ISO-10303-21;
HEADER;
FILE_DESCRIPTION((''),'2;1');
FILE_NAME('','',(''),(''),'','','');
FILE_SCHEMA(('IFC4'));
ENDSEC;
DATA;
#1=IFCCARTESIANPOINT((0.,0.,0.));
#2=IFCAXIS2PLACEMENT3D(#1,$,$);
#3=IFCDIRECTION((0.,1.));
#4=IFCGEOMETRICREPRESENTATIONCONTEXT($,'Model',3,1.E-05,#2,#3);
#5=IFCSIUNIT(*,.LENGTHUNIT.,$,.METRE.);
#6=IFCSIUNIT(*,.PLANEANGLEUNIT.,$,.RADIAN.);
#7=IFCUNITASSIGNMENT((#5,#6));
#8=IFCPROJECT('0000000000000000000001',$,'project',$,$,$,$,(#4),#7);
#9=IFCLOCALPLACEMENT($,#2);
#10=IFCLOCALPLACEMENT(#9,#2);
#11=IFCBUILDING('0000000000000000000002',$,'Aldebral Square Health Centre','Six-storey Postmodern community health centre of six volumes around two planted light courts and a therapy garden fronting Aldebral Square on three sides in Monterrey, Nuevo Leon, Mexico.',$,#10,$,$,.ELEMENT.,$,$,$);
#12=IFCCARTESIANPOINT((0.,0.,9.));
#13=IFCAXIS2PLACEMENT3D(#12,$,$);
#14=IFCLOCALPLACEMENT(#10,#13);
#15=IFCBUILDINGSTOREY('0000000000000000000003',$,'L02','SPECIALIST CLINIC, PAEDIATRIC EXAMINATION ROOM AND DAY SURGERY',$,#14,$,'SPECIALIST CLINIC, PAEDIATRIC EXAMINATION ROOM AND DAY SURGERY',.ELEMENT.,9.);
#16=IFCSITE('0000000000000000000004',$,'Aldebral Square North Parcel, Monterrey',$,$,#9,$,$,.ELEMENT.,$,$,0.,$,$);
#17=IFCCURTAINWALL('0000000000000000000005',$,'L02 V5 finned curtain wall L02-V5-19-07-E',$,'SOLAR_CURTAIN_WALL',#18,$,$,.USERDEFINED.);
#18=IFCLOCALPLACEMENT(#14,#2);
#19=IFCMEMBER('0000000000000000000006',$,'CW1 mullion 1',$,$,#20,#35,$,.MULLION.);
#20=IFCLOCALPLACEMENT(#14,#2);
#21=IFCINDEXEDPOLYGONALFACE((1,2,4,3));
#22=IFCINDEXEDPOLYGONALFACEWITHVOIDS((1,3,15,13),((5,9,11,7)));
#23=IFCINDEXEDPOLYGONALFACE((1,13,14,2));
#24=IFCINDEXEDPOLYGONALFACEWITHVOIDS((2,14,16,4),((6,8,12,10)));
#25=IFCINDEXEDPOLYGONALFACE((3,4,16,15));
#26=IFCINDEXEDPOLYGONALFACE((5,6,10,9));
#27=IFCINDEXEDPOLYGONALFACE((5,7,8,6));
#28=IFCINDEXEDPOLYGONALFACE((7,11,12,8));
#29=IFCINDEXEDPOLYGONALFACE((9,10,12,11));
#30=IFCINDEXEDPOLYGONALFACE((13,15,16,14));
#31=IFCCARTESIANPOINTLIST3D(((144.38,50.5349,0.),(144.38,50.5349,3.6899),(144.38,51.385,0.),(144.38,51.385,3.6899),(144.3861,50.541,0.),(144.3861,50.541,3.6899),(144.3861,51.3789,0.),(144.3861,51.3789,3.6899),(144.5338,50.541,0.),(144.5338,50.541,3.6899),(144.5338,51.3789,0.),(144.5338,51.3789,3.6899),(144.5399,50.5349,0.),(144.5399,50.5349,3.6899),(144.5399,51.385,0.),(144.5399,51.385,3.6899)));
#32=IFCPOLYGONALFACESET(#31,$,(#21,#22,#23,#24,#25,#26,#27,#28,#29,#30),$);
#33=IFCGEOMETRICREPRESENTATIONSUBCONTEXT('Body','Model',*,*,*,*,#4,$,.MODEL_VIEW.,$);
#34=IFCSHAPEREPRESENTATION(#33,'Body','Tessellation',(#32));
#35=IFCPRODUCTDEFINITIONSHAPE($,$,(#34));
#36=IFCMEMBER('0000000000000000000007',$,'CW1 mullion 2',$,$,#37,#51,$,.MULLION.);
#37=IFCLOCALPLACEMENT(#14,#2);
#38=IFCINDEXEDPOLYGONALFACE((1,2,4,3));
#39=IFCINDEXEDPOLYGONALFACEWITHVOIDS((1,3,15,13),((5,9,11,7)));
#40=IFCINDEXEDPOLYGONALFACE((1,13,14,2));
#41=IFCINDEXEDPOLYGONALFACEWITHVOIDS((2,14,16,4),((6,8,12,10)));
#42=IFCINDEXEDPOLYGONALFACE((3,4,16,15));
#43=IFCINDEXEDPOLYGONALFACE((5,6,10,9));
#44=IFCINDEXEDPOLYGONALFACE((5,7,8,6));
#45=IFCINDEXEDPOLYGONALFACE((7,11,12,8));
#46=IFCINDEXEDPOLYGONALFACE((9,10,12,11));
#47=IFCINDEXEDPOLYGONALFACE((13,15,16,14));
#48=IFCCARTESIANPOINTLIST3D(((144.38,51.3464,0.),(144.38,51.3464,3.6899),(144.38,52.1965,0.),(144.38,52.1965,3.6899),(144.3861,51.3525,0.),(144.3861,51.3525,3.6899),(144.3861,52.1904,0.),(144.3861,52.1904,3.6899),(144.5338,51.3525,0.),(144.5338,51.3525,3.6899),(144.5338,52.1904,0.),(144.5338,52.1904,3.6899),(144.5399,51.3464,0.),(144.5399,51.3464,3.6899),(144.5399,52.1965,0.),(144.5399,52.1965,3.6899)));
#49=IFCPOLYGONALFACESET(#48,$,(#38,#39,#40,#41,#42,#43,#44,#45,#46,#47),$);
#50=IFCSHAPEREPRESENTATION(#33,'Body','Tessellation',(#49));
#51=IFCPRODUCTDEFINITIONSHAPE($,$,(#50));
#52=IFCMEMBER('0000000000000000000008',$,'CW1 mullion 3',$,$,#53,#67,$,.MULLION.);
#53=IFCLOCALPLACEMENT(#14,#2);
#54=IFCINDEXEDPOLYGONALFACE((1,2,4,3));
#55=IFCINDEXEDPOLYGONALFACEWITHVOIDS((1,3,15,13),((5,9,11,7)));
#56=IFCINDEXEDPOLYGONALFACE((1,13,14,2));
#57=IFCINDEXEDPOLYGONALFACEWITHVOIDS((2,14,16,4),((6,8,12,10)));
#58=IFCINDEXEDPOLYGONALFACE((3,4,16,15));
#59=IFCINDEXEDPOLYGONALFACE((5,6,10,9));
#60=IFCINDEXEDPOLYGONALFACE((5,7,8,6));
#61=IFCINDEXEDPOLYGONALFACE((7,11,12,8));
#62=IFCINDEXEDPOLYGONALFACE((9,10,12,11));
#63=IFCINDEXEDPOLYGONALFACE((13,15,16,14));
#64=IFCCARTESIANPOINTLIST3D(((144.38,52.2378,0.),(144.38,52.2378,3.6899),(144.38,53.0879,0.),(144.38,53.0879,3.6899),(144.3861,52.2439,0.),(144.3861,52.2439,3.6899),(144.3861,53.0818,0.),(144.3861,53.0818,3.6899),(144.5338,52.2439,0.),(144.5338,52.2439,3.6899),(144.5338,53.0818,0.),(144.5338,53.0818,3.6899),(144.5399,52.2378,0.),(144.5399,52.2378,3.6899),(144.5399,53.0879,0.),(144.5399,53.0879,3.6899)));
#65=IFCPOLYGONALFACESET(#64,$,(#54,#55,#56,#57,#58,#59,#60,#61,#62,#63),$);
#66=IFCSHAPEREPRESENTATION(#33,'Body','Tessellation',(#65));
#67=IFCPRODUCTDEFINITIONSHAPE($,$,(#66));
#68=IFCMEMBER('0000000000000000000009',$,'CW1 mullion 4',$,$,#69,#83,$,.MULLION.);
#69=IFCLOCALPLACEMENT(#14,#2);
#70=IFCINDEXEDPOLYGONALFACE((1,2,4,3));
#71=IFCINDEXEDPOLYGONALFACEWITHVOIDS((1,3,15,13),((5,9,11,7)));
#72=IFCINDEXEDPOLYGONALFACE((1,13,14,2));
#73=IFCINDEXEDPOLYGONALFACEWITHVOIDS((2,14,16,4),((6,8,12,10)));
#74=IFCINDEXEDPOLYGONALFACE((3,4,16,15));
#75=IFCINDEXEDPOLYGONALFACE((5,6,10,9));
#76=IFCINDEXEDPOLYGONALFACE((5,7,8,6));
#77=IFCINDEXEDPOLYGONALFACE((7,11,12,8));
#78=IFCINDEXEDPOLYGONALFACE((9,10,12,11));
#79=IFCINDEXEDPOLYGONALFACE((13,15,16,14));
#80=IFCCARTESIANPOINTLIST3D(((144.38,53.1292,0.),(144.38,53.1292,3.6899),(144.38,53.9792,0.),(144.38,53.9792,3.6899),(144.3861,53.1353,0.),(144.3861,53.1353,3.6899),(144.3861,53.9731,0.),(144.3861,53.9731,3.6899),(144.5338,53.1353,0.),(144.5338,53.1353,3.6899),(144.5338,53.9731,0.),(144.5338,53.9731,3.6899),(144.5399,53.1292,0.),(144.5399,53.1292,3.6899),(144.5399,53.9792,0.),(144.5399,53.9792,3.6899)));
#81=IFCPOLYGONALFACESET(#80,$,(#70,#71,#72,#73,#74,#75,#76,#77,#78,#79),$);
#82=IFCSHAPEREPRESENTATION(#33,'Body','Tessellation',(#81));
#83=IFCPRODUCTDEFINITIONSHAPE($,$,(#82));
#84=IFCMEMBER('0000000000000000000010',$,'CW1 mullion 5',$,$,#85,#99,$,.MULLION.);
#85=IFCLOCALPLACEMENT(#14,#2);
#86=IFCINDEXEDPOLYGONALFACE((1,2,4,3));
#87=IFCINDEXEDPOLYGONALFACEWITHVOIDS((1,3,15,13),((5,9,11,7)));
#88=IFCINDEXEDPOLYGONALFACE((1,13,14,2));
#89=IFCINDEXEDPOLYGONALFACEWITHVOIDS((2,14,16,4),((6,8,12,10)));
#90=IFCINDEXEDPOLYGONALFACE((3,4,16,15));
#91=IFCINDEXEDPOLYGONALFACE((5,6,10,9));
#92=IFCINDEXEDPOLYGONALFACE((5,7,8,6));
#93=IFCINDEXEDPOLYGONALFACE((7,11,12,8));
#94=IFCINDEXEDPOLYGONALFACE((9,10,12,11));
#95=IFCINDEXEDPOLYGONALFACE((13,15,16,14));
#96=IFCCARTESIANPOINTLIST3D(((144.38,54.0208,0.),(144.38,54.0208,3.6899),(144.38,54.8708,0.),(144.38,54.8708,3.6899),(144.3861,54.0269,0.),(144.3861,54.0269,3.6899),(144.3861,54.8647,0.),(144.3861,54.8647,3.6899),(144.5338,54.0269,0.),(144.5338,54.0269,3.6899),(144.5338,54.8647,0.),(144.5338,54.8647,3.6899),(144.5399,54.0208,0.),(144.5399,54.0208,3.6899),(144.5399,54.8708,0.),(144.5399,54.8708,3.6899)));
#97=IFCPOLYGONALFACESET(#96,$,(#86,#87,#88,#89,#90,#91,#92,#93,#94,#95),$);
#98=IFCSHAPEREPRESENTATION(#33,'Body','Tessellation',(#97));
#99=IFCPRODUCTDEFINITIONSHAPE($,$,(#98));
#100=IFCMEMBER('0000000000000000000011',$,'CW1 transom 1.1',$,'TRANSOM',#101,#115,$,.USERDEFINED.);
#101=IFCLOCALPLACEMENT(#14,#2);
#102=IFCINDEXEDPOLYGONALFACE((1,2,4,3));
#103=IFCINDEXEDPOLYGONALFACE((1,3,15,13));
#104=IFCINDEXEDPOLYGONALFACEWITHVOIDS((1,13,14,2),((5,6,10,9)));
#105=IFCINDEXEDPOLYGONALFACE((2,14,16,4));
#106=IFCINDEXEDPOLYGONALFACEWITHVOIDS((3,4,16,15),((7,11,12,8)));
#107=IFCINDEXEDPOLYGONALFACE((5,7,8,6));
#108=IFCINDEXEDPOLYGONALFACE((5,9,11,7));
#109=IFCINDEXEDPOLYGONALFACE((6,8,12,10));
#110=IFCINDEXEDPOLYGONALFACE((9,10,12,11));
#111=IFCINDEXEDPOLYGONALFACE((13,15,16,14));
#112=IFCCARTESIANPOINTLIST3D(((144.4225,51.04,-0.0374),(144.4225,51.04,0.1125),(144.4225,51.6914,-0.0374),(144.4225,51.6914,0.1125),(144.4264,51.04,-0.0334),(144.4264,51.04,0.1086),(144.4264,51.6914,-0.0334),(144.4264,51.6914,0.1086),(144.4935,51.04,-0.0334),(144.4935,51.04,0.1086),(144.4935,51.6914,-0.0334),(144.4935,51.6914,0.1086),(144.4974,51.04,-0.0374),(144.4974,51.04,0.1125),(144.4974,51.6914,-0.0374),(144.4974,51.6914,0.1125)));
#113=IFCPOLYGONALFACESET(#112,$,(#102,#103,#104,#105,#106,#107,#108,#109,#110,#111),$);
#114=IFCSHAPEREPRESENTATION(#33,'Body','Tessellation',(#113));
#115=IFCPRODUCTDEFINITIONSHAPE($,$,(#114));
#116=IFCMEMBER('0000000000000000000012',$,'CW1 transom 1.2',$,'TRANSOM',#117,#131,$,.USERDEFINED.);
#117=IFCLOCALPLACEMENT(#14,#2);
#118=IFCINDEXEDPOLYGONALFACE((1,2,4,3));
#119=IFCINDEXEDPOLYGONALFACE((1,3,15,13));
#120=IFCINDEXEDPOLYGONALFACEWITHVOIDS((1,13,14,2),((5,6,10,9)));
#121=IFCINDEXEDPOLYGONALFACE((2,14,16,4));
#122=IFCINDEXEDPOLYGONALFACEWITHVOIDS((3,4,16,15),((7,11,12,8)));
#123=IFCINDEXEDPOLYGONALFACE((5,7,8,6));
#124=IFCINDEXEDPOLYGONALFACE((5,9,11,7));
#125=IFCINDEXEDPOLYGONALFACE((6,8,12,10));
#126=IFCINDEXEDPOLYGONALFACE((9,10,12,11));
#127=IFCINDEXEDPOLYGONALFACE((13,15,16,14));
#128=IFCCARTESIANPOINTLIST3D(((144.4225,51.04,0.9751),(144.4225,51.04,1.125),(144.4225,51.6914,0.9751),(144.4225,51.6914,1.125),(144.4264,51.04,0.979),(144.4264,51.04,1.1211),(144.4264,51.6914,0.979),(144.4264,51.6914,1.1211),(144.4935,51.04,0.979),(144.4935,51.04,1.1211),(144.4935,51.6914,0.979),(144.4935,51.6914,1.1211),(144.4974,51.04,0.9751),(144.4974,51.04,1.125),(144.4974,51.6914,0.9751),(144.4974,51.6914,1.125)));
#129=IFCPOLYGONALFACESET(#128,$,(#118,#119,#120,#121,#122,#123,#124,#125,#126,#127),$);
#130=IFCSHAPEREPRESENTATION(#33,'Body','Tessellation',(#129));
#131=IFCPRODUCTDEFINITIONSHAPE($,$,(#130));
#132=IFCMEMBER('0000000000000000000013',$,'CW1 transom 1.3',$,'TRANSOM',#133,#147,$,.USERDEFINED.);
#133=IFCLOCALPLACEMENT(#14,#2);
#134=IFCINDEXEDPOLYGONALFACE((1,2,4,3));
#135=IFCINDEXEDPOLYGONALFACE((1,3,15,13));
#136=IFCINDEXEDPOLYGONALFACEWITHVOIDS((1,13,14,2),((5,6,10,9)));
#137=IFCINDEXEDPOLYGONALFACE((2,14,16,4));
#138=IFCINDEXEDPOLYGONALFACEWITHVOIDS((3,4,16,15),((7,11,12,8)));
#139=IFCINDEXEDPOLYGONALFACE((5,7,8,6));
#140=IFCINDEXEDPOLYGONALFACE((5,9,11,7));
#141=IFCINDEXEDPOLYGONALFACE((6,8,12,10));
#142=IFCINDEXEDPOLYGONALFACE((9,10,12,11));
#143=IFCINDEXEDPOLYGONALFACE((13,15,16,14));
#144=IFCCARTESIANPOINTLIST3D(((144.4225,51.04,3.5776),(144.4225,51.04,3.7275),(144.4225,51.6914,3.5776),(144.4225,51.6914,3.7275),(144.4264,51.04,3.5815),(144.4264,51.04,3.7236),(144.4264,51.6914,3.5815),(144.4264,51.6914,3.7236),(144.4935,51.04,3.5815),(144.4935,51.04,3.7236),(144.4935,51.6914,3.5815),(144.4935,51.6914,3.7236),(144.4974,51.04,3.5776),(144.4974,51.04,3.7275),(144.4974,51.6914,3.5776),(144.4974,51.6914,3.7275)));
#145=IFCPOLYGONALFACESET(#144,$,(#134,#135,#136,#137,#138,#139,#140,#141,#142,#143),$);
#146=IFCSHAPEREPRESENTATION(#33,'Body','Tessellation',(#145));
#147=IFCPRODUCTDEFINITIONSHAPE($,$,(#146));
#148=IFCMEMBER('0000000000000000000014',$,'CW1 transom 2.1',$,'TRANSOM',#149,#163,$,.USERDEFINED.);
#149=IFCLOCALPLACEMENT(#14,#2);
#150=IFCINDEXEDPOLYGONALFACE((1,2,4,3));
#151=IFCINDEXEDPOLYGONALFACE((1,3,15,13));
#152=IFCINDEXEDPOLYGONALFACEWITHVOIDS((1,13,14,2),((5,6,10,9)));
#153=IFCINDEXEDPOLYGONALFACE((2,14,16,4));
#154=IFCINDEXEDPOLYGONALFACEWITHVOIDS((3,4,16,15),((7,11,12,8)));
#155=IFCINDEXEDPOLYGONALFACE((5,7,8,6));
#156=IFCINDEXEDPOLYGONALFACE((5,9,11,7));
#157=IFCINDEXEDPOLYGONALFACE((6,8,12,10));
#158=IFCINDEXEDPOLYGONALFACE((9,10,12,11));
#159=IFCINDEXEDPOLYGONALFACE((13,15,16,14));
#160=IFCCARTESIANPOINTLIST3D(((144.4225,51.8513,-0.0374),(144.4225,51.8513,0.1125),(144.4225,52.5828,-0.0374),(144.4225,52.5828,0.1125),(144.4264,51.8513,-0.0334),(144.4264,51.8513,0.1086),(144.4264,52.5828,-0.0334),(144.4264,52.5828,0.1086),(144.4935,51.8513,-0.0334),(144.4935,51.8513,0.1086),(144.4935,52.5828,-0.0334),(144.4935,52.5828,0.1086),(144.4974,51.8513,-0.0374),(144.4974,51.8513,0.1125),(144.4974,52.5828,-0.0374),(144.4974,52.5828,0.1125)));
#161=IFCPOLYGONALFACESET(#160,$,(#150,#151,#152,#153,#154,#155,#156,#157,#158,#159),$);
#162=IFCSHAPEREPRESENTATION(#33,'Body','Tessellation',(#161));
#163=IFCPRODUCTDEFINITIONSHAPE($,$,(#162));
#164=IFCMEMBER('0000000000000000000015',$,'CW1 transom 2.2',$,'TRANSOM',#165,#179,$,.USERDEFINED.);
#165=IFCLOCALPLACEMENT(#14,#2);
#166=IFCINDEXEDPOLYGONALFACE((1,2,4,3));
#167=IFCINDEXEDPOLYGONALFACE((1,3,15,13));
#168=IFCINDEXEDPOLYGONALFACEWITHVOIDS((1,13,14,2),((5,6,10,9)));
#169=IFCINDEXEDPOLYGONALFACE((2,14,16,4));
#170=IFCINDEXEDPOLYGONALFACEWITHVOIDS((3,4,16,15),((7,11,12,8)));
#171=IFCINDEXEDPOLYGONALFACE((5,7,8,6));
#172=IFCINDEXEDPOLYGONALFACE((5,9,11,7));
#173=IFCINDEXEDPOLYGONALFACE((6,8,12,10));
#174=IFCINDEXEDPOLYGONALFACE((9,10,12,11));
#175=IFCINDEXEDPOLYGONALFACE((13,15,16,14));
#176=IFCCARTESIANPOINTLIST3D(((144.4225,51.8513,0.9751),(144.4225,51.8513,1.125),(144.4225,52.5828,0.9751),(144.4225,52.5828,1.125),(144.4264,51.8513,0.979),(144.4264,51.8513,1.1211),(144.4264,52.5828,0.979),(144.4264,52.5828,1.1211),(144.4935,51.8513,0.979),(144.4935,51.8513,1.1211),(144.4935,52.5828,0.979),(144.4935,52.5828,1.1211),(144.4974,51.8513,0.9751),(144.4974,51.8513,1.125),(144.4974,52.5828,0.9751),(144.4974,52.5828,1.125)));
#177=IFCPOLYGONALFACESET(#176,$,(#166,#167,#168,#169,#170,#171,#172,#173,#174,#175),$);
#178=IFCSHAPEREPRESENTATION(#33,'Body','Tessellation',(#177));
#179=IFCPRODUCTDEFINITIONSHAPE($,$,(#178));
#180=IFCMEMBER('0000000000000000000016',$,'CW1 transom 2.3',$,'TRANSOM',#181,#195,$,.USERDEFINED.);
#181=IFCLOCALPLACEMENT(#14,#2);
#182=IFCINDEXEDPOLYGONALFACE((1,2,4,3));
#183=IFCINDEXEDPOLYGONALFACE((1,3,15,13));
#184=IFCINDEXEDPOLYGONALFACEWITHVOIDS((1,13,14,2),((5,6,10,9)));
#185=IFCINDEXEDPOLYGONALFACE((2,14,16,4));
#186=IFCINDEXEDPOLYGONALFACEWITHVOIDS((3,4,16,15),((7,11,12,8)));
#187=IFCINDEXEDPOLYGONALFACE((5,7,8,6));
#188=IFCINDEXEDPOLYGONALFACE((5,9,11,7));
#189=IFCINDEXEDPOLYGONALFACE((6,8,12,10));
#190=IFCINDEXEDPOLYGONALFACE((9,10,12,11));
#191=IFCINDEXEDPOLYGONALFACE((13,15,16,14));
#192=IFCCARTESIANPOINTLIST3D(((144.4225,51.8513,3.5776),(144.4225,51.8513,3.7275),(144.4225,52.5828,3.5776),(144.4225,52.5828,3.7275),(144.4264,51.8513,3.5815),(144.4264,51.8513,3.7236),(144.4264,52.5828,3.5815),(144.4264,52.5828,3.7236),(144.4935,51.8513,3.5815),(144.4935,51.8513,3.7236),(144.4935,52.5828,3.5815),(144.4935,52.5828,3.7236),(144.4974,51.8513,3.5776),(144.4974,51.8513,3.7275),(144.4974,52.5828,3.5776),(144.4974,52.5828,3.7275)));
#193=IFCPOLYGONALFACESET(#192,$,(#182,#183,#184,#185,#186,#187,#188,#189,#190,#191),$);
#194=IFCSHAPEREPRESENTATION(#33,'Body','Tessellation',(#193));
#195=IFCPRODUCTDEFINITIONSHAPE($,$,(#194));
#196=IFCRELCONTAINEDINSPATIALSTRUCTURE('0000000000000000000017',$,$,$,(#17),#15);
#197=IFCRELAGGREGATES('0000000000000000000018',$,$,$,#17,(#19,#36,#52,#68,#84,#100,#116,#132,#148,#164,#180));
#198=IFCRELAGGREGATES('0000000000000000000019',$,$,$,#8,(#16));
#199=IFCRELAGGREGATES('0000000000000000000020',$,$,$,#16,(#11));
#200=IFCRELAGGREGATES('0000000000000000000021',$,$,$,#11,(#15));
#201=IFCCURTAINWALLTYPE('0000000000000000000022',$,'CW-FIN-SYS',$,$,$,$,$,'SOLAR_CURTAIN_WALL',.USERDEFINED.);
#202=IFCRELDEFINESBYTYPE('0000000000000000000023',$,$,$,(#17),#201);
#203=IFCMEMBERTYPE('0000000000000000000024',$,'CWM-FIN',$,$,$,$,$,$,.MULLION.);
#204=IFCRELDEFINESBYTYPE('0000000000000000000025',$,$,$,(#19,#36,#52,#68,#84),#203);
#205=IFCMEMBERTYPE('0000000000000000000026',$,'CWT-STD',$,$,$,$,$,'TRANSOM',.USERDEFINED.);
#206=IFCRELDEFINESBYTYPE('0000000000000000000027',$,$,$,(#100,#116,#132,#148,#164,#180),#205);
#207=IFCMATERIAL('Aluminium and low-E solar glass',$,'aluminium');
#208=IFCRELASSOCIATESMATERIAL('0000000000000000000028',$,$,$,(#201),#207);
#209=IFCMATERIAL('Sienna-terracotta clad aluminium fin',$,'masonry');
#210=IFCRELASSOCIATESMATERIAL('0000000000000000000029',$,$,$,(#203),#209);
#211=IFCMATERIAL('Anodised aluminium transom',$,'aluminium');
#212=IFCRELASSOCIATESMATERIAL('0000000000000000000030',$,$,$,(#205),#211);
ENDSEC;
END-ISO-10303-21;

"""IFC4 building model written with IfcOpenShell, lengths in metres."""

from ifc_helpers import new_model, si_unit, direction, frame, origin, origin_2d, place, context, subcontext, project, spatial, hollow_rectangle, extrude, material, material_profile, profile_set, type_object, element, aggregate, save


model = new_model("IFC4")

# Units and contexts
model_context = context("Model", 3, precision=1e-05, world=origin(), true_north=direction((0.0, 1.0)))
body_context = subcontext(model_context, "Body", "Model", "MODEL_VIEW")
ifc_project = project(units=[si_unit("LENGTHUNIT", "METRE"), si_unit("PLANEANGLEUNIT", "RADIAN")], contexts=[model_context])

# Site, building, storey
site_placement = place(None, origin())
site = spatial("IfcSite", under=ifc_project, at=site_placement, Name="Aldebral Square North Parcel, Monterrey", CompositionType="ELEMENT", RefElevation=0.0)
building_placement = place(site_placement, origin())
building = spatial("IfcBuilding", under=site, at=building_placement, Name="Aldebral Square Health Centre", Description="Six-storey Postmodern community health centre of six volumes around two planted light courts and a therapy garden fronting Aldebral Square on three sides in Monterrey, Nuevo Leon, Mexico.", CompositionType="ELEMENT")
storey_placement = place(building_placement, frame((0.0, 0.0, 9.0)))
storey = spatial("IfcBuildingStorey", under=building, at=storey_placement, Name="L02", Description="SPECIALIST CLINIC, PAEDIATRIC EXAMINATION ROOM AND DAY SURGERY", LongName="SPECIALIST CLINIC, PAEDIATRIC EXAMINATION ROOM AND DAY SURGERY", CompositionType="ELEMENT", Elevation=9.0)

# Curtain wall, members
ifc_material_1 = material(Name="Aluminium and low-E solar glass", Category="aluminium")
curtain_wall_type = type_object("IfcCurtainWallType", Name="CW-FIN-SYS", ElementType="SOLAR_CURTAIN_WALL", PredefinedType="USERDEFINED", material=ifc_material_1)
curtain_wall_placement = place(storey_placement, origin())
curtain_wall = element("IfcCurtainWall", 1, at=curtain_wall_placement, inside=storey, type_object=curtain_wall_type, Name="L02 V5 finned curtain wall L02-V5-19-07-E", ObjectType="SOLAR_CURTAIN_WALL", PredefinedType="USERDEFINED")
ifc_material_2 = material(Name="Sienna-terracotta clad aluminium fin", Category="masonry")
ifc_material_profile_1 = material_profile(ifc_material_2, hollow_rectangle(XDim=0.1599, YDim=0.8501, WallThickness=0.0061, at=origin_2d()), Name="FIN 160x850x6")
ifc_profile_set_1 = profile_set([ifc_material_profile_1], Name="Sienna-terracotta clad aluminium fin")
member_type_1 = type_object("IfcMemberType", Name="CWM-FIN", PredefinedType="MULLION", material=ifc_profile_set_1)
member_1_placement = place(storey_placement, frame((144.46, 50.96, 0.0), z_axis=(0.0, 0.0, 1.0), x_axis=(-1.0, 0.0, 0.0)))
member_1 = element("IfcMember", 2, at=member_1_placement, type_object=member_type_1, Name="CW1 mullion 1", PredefinedType="MULLION", context=body_context, shape_type="SweptSolid", body=[
    extrude(hollow_rectangle(XDim=0.1599, YDim=0.8501, WallThickness=0.0061, at=origin_2d()), origin(), (0.0, 0.0, 1.0), 3.6899),
])
member_2_placement = place(storey_placement, frame((144.46, 51.7715, 0.0), z_axis=(0.0, 0.0, 1.0), x_axis=(-1.0, 0.0, 0.0)))
member_2 = element("IfcMember", 3, at=member_2_placement, type_object=member_type_1, Name="CW1 mullion 2", PredefinedType="MULLION", context=body_context, shape_type="SweptSolid", body=[
    extrude(hollow_rectangle(XDim=0.1599, YDim=0.8501, WallThickness=0.0061, at=origin_2d()), origin(), (0.0, 0.0, 1.0), 3.6899),
])
member_3_placement = place(storey_placement, frame((144.46, 52.6628, 0.0), z_axis=(0.0, 0.0, 1.0), x_axis=(-1.0, 0.0, 0.0)))
member_3 = element("IfcMember", 4, at=member_3_placement, type_object=member_type_1, Name="CW1 mullion 3", PredefinedType="MULLION", context=body_context, shape_type="SweptSolid", body=[
    extrude(hollow_rectangle(XDim=0.1599, YDim=0.8501, WallThickness=0.0061, at=origin_2d()), origin(), (0.0, 0.0, 1.0), 3.6899),
])
member_4_placement = place(storey_placement, frame((144.46, 53.5542, 0.0), z_axis=(0.0, 0.0, 1.0), x_axis=(-1.0, 0.0, 0.0)))
member_4 = element("IfcMember", 5, at=member_4_placement, type_object=member_type_1, Name="CW1 mullion 4", PredefinedType="MULLION", context=body_context, shape_type="SweptSolid", body=[
    extrude(hollow_rectangle(XDim=0.1599, YDim=0.8501, WallThickness=0.0061, at=origin_2d()), origin(), (0.0, 0.0, 1.0), 3.6899),
])
member_5_placement = place(storey_placement, frame((144.46, 54.4458, 0.0), z_axis=(0.0, 0.0, 1.0), x_axis=(-1.0, 0.0, 0.0)))
member_5 = element("IfcMember", 6, at=member_5_placement, type_object=member_type_1, Name="CW1 mullion 5", PredefinedType="MULLION", context=body_context, shape_type="SweptSolid", body=[
    extrude(hollow_rectangle(XDim=0.1599, YDim=0.8501, WallThickness=0.0061, at=origin_2d()), origin(), (0.0, 0.0, 1.0), 3.6899),
])
ifc_material_3 = material(Name="Anodised aluminium transom", Category="aluminium")
ifc_material_profile_2 = material_profile(ifc_material_3, hollow_rectangle(XDim=0.075, YDim=0.1499, WallThickness=0.0039, at=origin_2d()), Name="CWT 75x150x4")
ifc_profile_set_2 = profile_set([ifc_material_profile_2], Name="Anodised aluminium transom")
member_type_2 = type_object("IfcMemberType", Name="CWT-STD", ElementType="TRANSOM", PredefinedType="USERDEFINED", material=ifc_profile_set_2)
member_6_placement = place(storey_placement, frame((144.46, 51.04, 0.0376), z_axis=(0.0, 1.0, 0.0), x_axis=(-1.0, 0.0, 0.0)))
member_6 = element("IfcMember", 7, at=member_6_placement, type_object=member_type_2, Name="CW1 transom 1.1", ObjectType="TRANSOM", PredefinedType="USERDEFINED", context=body_context, shape_type="SweptSolid", body=[
    extrude(hollow_rectangle(XDim=0.075, YDim=0.1499, WallThickness=0.0039, at=origin_2d()), origin(), (0.0, 0.0, 1.0), 0.6514),
])
member_7_placement = place(storey_placement, frame((144.46, 51.04, 1.05), z_axis=(0.0, 1.0, 0.0), x_axis=(-1.0, 0.0, 0.0)))
member_7 = element("IfcMember", 8, at=member_7_placement, type_object=member_type_2, Name="CW1 transom 1.2", ObjectType="TRANSOM", PredefinedType="USERDEFINED", context=body_context, shape_type="SweptSolid", body=[
    extrude(hollow_rectangle(XDim=0.075, YDim=0.1499, WallThickness=0.0039, at=origin_2d()), origin(), (0.0, 0.0, 1.0), 0.6514),
])
member_8_placement = place(storey_placement, frame((144.46, 51.04, 3.6526), z_axis=(0.0, 1.0, 0.0), x_axis=(-1.0, 0.0, 0.0)))
member_8 = element("IfcMember", 9, at=member_8_placement, type_object=member_type_2, Name="CW1 transom 1.3", ObjectType="TRANSOM", PredefinedType="USERDEFINED", context=body_context, shape_type="SweptSolid", body=[
    extrude(hollow_rectangle(XDim=0.075, YDim=0.1499, WallThickness=0.0039, at=origin_2d()), origin(), (0.0, 0.0, 1.0), 0.6514),
])
member_9_placement = place(storey_placement, frame((144.46, 51.8513, 0.0376), z_axis=(0.0, 1.0, 0.0), x_axis=(-1.0, 0.0, 0.0)))
member_9 = element("IfcMember", 10, at=member_9_placement, type_object=member_type_2, Name="CW1 transom 2.1", ObjectType="TRANSOM", PredefinedType="USERDEFINED", context=body_context, shape_type="SweptSolid", body=[
    extrude(hollow_rectangle(XDim=0.075, YDim=0.1499, WallThickness=0.0039, at=origin_2d()), origin(), (0.0, 0.0, 1.0), 0.7314),
])
member_10_placement = place(storey_placement, frame((144.46, 51.8513, 1.05), z_axis=(0.0, 1.0, 0.0), x_axis=(-1.0, 0.0, 0.0)))
member_10 = element("IfcMember", 11, at=member_10_placement, type_object=member_type_2, Name="CW1 transom 2.2", ObjectType="TRANSOM", PredefinedType="USERDEFINED", context=body_context, shape_type="SweptSolid", body=[
    extrude(hollow_rectangle(XDim=0.075, YDim=0.1499, WallThickness=0.0039, at=origin_2d()), origin(), (0.0, 0.0, 1.0), 0.7314),
])
member_11_placement = place(storey_placement, frame((144.46, 51.8513, 3.6526), z_axis=(0.0, 1.0, 0.0), x_axis=(-1.0, 0.0, 0.0)))
member_11 = element("IfcMember", 12, at=member_11_placement, type_object=member_type_2, Name="CW1 transom 2.3", ObjectType="TRANSOM", PredefinedType="USERDEFINED", context=body_context, shape_type="SweptSolid", body=[
    extrude(hollow_rectangle(XDim=0.075, YDim=0.1499, WallThickness=0.0039, at=origin_2d()), origin(), (0.0, 0.0, 1.0), 0.7314),
])
aggregate(curtain_wall, [member_1, member_2, member_3, member_4, member_5, member_6, member_7, member_8, member_9, member_10, member_11])

save(model, "model.ifc")
